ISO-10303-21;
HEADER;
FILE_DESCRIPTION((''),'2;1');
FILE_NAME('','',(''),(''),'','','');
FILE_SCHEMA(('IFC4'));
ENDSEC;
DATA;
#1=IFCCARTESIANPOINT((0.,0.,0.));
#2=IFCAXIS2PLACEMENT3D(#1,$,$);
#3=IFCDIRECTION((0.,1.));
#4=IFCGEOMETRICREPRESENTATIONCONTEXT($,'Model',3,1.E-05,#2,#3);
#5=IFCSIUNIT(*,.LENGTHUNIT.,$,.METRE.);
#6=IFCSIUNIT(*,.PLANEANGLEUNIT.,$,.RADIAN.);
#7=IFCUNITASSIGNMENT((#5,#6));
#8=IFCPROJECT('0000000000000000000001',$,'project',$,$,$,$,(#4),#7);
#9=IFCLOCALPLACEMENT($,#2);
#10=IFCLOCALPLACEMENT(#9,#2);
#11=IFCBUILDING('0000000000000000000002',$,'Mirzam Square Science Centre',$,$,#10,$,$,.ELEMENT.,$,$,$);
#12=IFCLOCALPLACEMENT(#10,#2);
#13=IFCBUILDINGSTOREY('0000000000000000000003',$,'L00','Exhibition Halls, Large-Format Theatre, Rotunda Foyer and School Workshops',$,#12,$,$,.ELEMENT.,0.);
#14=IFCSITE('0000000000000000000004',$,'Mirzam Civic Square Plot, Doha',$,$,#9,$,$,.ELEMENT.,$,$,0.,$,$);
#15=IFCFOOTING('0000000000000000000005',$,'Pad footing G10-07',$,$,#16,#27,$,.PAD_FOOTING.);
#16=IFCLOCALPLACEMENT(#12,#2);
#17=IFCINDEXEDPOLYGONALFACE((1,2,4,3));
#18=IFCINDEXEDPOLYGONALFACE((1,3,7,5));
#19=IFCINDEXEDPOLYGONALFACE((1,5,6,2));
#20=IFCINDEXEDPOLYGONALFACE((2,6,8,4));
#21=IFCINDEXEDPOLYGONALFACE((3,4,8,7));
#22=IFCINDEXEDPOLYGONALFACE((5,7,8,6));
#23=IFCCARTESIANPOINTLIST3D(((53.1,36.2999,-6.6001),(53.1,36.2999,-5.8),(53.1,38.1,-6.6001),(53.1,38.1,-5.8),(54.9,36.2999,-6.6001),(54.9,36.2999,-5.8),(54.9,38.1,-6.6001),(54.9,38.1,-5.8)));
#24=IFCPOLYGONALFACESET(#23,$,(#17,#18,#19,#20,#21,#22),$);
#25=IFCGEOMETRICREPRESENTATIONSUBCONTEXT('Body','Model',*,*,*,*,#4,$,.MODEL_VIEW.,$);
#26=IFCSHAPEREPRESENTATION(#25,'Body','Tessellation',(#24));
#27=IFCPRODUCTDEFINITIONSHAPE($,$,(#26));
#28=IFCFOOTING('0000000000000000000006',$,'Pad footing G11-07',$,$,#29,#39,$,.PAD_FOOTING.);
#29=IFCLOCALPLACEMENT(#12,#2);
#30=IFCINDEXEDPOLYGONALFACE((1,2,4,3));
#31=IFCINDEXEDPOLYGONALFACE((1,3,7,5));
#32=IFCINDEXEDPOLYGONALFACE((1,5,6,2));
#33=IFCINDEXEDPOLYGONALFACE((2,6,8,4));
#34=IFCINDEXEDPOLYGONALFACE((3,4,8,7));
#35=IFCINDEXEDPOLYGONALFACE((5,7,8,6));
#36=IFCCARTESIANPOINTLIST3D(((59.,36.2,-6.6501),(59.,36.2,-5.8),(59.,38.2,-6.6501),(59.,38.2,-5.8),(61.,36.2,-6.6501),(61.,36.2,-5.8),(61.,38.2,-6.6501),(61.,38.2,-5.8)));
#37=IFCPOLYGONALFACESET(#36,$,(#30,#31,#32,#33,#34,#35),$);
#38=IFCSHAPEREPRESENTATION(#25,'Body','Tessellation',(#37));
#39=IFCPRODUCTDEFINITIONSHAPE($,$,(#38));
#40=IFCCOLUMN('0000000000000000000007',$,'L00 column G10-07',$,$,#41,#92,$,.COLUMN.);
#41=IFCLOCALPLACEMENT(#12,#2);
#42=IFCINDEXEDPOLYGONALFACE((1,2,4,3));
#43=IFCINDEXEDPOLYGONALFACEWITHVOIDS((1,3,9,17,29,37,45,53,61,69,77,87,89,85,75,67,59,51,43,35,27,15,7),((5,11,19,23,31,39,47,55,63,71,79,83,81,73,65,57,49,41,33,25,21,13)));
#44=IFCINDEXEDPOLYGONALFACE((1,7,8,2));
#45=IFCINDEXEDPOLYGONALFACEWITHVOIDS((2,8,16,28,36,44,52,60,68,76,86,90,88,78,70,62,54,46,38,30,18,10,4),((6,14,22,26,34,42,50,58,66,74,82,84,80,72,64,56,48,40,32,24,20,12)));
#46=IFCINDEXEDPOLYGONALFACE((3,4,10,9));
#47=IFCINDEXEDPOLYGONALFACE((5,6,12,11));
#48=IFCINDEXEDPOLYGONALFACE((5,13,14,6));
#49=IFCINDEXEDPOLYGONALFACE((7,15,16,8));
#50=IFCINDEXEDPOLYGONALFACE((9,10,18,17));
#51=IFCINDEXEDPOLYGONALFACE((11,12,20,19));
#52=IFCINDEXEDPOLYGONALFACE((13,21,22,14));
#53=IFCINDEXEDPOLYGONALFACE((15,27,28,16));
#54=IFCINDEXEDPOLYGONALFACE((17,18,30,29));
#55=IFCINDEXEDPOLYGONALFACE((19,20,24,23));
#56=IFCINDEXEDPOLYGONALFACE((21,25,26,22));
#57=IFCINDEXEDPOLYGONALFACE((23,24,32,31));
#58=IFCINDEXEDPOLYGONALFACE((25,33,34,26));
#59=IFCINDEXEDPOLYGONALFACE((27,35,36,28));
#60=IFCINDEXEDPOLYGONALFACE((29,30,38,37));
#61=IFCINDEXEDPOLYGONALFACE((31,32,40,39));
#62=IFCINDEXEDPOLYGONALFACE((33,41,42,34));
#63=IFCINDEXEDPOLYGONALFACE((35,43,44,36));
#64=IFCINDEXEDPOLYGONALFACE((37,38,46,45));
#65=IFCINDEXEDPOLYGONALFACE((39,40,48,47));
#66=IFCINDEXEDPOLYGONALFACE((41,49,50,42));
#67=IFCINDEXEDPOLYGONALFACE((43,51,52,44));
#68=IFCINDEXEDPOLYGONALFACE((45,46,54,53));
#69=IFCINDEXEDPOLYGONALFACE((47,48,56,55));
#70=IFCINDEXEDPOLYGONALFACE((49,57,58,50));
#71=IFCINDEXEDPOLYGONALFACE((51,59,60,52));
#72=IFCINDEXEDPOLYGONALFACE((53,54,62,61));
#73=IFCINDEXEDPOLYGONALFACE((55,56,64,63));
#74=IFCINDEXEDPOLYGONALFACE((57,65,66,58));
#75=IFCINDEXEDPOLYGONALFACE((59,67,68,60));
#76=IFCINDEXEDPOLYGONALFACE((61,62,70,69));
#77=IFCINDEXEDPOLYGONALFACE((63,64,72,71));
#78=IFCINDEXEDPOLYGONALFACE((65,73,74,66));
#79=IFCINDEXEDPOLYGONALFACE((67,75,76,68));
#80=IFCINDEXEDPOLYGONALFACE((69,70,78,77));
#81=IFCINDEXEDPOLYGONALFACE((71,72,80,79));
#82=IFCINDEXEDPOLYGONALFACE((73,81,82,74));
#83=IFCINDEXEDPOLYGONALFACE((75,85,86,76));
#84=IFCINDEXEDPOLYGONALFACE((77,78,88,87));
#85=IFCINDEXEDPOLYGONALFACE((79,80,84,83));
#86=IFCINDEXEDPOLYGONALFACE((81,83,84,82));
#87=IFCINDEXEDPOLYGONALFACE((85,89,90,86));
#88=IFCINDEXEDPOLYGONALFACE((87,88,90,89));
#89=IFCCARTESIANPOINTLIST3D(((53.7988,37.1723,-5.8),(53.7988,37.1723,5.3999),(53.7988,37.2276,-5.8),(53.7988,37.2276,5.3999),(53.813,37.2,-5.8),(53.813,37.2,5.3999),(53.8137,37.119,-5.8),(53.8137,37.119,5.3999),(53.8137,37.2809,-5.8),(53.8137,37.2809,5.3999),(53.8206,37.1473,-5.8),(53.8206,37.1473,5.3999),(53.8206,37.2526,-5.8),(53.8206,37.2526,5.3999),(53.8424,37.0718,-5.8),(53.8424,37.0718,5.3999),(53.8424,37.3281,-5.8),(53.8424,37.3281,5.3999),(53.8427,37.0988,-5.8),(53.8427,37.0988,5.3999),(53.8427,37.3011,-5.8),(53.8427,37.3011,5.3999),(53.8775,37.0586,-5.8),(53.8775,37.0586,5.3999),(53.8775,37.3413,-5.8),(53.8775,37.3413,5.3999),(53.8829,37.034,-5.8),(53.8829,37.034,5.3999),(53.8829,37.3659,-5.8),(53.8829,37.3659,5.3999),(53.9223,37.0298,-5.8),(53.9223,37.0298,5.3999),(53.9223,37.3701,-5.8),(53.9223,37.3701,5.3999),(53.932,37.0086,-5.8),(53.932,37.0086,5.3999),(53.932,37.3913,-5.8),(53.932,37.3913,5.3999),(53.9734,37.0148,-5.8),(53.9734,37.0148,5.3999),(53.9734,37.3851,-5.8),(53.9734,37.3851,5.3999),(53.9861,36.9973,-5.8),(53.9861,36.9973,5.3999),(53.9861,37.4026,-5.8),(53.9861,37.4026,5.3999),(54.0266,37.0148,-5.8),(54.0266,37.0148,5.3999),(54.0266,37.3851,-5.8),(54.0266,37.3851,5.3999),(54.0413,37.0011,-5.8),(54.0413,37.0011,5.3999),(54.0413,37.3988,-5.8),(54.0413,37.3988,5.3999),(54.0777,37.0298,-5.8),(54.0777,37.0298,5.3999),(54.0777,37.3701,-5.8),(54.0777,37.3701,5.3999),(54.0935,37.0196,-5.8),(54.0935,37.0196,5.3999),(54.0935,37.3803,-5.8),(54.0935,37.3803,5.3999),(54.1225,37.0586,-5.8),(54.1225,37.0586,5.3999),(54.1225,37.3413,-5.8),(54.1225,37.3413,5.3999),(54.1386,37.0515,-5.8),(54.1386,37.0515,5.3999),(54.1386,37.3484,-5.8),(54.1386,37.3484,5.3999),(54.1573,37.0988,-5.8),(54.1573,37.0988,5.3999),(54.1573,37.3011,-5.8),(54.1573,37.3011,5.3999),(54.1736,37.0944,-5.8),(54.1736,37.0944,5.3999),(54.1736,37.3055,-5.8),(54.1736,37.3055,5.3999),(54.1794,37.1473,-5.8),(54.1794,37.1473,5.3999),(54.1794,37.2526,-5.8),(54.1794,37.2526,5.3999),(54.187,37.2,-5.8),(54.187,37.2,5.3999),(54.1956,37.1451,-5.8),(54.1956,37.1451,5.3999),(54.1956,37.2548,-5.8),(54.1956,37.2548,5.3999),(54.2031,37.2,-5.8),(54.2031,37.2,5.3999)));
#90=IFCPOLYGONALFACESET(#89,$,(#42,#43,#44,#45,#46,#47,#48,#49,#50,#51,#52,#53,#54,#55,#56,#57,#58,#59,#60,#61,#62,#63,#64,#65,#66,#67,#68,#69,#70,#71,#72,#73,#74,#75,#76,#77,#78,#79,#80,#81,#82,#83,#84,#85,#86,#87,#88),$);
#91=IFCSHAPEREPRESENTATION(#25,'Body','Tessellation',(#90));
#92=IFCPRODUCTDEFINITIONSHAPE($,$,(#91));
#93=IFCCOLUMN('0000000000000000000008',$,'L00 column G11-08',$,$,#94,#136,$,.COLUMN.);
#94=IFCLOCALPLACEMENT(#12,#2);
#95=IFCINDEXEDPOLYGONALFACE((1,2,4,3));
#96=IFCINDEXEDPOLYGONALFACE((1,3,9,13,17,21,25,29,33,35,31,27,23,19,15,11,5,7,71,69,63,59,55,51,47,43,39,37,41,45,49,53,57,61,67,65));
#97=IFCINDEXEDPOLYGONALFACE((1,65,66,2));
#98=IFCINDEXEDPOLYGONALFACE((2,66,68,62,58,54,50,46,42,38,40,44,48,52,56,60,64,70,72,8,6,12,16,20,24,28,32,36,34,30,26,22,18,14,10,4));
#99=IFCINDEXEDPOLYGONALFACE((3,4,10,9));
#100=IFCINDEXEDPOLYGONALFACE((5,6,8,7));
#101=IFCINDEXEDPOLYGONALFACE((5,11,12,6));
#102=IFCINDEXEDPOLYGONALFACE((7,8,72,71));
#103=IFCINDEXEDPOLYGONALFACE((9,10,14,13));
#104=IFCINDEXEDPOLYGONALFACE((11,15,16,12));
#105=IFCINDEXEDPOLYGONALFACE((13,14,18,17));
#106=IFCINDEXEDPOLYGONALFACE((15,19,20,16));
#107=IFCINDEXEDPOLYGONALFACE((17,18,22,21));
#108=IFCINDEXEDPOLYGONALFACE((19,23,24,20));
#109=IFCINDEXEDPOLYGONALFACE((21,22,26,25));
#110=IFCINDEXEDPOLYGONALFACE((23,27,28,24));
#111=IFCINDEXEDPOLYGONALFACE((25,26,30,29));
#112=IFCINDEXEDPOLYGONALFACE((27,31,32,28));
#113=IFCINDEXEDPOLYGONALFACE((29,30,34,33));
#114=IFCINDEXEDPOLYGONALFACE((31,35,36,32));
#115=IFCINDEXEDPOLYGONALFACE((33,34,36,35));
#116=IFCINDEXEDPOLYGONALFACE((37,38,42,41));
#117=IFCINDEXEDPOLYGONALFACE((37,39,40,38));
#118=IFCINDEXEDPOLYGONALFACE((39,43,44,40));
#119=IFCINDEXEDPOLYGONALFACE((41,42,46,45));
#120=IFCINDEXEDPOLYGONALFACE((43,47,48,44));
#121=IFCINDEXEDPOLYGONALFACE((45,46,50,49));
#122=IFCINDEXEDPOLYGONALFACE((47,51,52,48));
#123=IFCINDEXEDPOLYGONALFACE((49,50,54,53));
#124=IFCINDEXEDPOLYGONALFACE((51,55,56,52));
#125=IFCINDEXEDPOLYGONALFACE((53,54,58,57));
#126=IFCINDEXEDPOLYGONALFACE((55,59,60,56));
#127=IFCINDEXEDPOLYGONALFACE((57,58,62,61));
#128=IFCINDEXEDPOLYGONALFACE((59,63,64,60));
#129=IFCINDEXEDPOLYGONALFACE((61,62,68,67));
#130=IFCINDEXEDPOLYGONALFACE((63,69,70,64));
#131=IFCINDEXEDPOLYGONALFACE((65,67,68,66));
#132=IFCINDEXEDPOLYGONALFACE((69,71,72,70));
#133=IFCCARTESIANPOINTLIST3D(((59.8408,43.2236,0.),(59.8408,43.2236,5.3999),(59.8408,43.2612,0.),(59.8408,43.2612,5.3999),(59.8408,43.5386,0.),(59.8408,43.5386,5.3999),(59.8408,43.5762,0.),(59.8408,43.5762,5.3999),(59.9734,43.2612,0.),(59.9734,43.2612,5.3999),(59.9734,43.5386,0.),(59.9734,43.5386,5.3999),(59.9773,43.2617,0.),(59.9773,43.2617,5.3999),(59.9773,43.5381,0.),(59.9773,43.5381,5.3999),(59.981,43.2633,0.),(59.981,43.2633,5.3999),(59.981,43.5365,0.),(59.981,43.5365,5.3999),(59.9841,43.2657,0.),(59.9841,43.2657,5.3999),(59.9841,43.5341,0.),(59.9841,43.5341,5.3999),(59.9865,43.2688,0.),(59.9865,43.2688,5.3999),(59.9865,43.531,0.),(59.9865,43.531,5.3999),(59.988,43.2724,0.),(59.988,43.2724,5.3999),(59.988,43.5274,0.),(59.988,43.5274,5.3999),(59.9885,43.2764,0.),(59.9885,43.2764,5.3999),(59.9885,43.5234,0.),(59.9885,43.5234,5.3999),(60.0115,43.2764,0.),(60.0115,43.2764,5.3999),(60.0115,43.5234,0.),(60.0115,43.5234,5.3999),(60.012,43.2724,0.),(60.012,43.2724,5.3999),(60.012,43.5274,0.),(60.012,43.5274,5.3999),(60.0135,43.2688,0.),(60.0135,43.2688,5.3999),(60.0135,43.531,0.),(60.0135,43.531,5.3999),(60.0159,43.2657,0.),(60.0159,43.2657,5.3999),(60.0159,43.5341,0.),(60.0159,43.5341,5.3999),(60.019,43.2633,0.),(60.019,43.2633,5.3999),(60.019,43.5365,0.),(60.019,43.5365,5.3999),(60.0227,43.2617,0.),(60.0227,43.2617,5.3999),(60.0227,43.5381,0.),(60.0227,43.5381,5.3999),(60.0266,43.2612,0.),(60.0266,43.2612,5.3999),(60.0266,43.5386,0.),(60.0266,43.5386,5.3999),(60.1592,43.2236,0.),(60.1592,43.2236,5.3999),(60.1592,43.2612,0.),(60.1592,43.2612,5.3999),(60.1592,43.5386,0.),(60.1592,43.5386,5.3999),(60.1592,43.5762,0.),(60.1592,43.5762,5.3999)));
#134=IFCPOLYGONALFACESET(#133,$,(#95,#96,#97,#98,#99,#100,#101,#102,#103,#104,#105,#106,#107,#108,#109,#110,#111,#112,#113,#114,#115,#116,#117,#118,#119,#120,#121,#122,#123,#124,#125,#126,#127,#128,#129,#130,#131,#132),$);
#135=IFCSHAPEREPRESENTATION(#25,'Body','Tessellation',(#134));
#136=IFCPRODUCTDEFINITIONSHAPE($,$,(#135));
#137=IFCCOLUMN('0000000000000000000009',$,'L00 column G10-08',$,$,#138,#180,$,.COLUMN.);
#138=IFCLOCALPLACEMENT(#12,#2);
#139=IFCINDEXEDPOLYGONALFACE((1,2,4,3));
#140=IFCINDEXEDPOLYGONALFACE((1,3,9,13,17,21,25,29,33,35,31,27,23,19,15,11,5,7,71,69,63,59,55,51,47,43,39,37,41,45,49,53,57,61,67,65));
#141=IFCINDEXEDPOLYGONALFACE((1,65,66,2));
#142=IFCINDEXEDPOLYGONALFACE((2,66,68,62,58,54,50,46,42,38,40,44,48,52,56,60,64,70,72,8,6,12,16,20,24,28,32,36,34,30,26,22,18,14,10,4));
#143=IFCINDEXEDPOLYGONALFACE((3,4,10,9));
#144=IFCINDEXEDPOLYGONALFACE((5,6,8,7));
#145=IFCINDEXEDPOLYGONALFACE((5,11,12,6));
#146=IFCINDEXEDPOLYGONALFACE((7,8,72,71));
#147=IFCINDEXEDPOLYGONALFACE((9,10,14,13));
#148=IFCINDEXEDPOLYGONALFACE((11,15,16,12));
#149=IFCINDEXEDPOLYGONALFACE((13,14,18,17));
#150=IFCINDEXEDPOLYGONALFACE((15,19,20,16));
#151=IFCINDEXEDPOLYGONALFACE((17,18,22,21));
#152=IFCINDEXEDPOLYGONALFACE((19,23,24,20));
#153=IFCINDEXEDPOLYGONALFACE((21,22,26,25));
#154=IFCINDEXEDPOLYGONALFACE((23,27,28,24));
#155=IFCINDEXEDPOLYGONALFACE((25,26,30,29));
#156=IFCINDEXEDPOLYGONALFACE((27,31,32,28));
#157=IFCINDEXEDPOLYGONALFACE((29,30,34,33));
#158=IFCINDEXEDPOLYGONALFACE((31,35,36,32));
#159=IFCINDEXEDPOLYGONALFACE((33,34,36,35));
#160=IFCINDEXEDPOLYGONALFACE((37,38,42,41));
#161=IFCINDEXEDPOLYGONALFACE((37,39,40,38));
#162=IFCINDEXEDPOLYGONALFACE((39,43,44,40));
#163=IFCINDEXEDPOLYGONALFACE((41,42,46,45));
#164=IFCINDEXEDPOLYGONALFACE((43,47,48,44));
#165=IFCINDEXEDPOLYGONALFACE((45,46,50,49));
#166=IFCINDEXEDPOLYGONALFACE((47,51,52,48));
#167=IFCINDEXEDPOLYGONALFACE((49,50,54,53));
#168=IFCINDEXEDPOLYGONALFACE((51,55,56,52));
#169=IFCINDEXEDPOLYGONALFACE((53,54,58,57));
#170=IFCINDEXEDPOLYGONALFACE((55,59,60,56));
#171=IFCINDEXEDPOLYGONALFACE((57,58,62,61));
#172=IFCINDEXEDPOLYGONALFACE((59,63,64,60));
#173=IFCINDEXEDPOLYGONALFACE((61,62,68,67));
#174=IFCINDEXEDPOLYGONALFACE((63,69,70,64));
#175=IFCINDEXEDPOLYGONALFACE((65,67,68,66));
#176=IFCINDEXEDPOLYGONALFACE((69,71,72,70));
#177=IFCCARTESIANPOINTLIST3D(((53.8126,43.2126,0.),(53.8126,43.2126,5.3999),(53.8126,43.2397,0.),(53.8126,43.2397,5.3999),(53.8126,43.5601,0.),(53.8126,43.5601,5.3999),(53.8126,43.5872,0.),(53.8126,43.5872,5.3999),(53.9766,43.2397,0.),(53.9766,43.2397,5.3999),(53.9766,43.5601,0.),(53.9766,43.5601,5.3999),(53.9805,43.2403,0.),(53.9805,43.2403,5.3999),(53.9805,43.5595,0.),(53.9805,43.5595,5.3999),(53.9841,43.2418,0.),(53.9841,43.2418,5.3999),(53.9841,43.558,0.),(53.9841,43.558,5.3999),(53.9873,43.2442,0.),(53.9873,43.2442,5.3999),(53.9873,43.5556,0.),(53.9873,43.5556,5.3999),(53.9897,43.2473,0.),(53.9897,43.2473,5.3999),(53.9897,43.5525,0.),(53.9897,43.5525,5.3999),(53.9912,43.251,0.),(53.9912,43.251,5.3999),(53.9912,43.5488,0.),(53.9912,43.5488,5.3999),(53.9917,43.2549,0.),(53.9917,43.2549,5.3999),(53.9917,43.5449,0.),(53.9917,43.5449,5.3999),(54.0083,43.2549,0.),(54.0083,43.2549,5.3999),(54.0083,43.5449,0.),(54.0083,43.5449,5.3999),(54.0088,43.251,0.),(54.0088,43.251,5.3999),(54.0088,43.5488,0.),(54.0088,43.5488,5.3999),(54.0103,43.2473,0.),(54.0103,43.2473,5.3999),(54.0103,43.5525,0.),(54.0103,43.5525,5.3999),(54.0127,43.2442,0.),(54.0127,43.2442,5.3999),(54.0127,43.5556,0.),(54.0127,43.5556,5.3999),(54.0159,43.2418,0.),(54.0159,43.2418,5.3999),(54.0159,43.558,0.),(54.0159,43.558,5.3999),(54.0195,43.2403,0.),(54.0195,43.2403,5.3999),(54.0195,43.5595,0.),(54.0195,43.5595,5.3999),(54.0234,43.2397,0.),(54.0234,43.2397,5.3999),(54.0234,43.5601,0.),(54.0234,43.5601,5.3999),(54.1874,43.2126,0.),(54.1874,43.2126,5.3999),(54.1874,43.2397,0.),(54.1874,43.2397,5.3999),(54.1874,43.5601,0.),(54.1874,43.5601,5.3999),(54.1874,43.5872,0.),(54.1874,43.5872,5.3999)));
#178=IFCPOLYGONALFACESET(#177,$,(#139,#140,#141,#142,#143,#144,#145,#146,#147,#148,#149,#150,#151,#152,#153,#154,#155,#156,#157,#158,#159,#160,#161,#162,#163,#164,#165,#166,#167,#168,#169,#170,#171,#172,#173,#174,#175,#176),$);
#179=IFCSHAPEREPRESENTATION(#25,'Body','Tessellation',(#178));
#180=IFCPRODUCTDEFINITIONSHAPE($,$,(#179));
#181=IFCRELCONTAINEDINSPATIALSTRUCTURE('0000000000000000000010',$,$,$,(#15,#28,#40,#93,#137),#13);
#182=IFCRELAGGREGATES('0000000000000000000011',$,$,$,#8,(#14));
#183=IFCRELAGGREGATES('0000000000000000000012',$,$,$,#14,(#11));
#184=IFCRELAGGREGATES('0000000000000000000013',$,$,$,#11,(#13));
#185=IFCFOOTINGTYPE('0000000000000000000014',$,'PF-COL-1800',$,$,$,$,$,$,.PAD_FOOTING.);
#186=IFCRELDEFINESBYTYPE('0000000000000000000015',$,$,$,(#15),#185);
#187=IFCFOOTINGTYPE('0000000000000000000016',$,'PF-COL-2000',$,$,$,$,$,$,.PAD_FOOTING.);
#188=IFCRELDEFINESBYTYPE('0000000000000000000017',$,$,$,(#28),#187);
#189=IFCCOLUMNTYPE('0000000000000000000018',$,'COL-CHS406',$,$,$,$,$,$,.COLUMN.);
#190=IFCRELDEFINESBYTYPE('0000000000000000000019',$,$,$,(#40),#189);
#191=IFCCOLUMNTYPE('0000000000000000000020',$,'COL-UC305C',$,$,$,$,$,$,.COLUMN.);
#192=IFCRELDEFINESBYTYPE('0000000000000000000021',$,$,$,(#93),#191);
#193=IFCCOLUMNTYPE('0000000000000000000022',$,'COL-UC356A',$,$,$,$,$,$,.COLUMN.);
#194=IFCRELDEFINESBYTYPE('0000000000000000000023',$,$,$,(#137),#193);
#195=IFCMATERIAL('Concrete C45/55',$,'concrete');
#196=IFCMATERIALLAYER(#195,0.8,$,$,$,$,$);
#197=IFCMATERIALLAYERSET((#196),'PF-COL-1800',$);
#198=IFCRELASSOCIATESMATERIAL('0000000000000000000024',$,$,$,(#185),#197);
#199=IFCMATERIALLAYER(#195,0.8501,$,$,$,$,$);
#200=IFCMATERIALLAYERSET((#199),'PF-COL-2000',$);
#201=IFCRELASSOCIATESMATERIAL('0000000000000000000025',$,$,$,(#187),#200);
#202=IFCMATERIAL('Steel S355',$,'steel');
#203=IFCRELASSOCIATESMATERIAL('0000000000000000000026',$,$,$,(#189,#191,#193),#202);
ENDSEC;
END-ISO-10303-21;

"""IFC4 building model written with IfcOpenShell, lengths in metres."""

from ifc_helpers import new_model, si_unit, direction, frame, origin, origin_2d, place, context, subcontext, project, spatial, rectangle, hollow_circle, i_section, extrude, material, layer, layer_set, material_profile, profile_set, type_object, element, save


model = new_model("IFC4")

# Units and contexts
model_context = context("Model", 3, precision=1e-05, world=origin(), true_north=direction((0.0, 1.0)))
body_context = subcontext(model_context, "Body", "Model", "MODEL_VIEW")
ifc_project = project(units=[si_unit("LENGTHUNIT", "METRE"), si_unit("PLANEANGLEUNIT", "RADIAN")], contexts=[model_context])

# Site, building, storey
site_placement = place(None, origin())
site = spatial("IfcSite", under=ifc_project, at=site_placement, Name="Mirzam Civic Square Plot, Doha", CompositionType="ELEMENT", RefElevation=0.0)
building_placement = place(site_placement, origin())
building = spatial("IfcBuilding", under=site, at=building_placement, Name="Mirzam Square Science Centre", CompositionType="ELEMENT")
storey_placement = place(building_placement, origin())
storey = spatial("IfcBuildingStorey", under=building, at=storey_placement, Name="L00", Description="Exhibition Halls, Large-Format Theatre, Rotunda Foyer and School Workshops", CompositionType="ELEMENT", Elevation=0.0)

# Footings
ifc_material_1 = material(Name="Concrete C45/55", Category="concrete")
ifc_layer_1 = layer(ifc_material_1, 0.8)
ifc_layer_set_1 = layer_set([ifc_layer_1], Name="PF-COL-1800")
footing_type_1 = type_object("IfcFootingType", Name="PF-COL-1800", PredefinedType="PAD_FOOTING", material=ifc_layer_set_1)
footing_1_placement = place(storey_placement, frame((54.0, 37.2, -6.6001), z_axis=(0.0, 0.0, 1.0), x_axis=(1.0, 0.0, 0.0)))
element("IfcFooting", 1, at=footing_1_placement, inside=storey, type_object=footing_type_1, Name="Pad footing G10-07", PredefinedType="PAD_FOOTING", context=body_context, shape_type="SweptSolid", body=[
    extrude(rectangle(XDim=1.8, YDim=1.8, at=origin_2d()), origin(), (0.0, 0.0, 1.0), 0.8),
])
ifc_layer_2 = layer(ifc_material_1, 0.8501)
ifc_layer_set_2 = layer_set([ifc_layer_2], Name="PF-COL-2000")
footing_type_2 = type_object("IfcFootingType", Name="PF-COL-2000", PredefinedType="PAD_FOOTING", material=ifc_layer_set_2)
footing_2_placement = place(storey_placement, frame((60.0, 37.2, -6.6501), z_axis=(0.0, 0.0, 1.0), x_axis=(1.0, 0.0, 0.0)))
element("IfcFooting", 2, at=footing_2_placement, inside=storey, type_object=footing_type_2, Name="Pad footing G11-07", PredefinedType="PAD_FOOTING", context=body_context, shape_type="SweptSolid", body=[
    extrude(rectangle(XDim=2.0, YDim=2.0, at=origin_2d()), origin(), (0.0, 0.0, 1.0), 0.8501),
])

# Columns
ifc_material_2 = material(Name="Steel S355", Category="steel")
ifc_material_profile_1 = material_profile(ifc_material_2, hollow_circle(Radius=0.2031, WallThickness=0.0161, at=origin_2d()), Name="406.4x16.0CHS")
ifc_profile_set_1 = profile_set([ifc_material_profile_1], Name="Steel S355")
column_type_1 = type_object("IfcColumnType", Name="COL-CHS406", PredefinedType="COLUMN", material=ifc_profile_set_1)
column_1_placement = place(storey_placement, frame((54.0, 37.2, -5.8), z_axis=(0.0, 0.0, 1.0), x_axis=(1.0, 0.0, 0.0)))
element("IfcColumn", 3, at=column_1_placement, inside=storey, type_object=column_type_1, Name="L00 column G10-07", PredefinedType="COLUMN", context=body_context, shape_type="SweptSolid", body=[
    extrude(hollow_circle(Radius=0.2031, WallThickness=0.0161, at=origin_2d()), origin(), (0.0, 0.0, 1.0), 11.2),
])
ifc_material_profile_2 = material_profile(ifc_material_2, i_section(OverallWidth=0.3184, OverallDepth=0.3525, WebThickness=0.0229, FlangeThickness=0.0376, FilletRadius=0.0151, at=origin_2d()), Name="305x305x240UC")
ifc_profile_set_2 = profile_set([ifc_material_profile_2], Name="Steel S355")
column_type_2 = type_object("IfcColumnType", Name="COL-UC305C", PredefinedType="COLUMN", material=ifc_profile_set_2)
column_2_placement = place(storey_placement, frame((60.0, 43.3999, 0.0), z_axis=(0.0, 0.0, 1.0), x_axis=(1.0, 0.0, 0.0)))
element("IfcColumn", 4, at=column_2_placement, inside=storey, type_object=column_type_2, Name="L00 column G11-08", PredefinedType="COLUMN", context=body_context, shape_type="SweptSolid", body=[
    extrude(i_section(OverallWidth=0.3184, OverallDepth=0.3525, WebThickness=0.0229, FlangeThickness=0.0376, FilletRadius=0.0151, at=origin_2d()), origin(), (0.0, 0.0, 1.0), 5.3999),
])
ifc_material_profile_3 = material_profile(ifc_material_2, i_section(OverallWidth=0.3748, OverallDepth=0.3745, WebThickness=0.0166, FlangeThickness=0.0271, FilletRadius=0.0151, at=origin_2d()), Name="356x368x202UC")
ifc_profile_set_3 = profile_set([ifc_material_profile_3], Name="Steel S355")
column_type_3 = type_object("IfcColumnType", Name="COL-UC356A", PredefinedType="COLUMN", material=ifc_profile_set_3)
column_3_placement = place(storey_placement, frame((54.0, 43.3999, 0.0), z_axis=(0.0, 0.0, 1.0), x_axis=(1.0, 0.0, 0.0)))
element("IfcColumn", 5, at=column_3_placement, inside=storey, type_object=column_type_3, Name="L00 column G10-08", PredefinedType="COLUMN", context=body_context, shape_type="SweptSolid", body=[
    extrude(i_section(OverallWidth=0.3748, OverallDepth=0.3745, WebThickness=0.0166, FlangeThickness=0.0271, FilletRadius=0.0151, at=origin_2d()), origin(), (0.0, 0.0, 1.0), 5.3999),
])

save(model, "model.ifc")
